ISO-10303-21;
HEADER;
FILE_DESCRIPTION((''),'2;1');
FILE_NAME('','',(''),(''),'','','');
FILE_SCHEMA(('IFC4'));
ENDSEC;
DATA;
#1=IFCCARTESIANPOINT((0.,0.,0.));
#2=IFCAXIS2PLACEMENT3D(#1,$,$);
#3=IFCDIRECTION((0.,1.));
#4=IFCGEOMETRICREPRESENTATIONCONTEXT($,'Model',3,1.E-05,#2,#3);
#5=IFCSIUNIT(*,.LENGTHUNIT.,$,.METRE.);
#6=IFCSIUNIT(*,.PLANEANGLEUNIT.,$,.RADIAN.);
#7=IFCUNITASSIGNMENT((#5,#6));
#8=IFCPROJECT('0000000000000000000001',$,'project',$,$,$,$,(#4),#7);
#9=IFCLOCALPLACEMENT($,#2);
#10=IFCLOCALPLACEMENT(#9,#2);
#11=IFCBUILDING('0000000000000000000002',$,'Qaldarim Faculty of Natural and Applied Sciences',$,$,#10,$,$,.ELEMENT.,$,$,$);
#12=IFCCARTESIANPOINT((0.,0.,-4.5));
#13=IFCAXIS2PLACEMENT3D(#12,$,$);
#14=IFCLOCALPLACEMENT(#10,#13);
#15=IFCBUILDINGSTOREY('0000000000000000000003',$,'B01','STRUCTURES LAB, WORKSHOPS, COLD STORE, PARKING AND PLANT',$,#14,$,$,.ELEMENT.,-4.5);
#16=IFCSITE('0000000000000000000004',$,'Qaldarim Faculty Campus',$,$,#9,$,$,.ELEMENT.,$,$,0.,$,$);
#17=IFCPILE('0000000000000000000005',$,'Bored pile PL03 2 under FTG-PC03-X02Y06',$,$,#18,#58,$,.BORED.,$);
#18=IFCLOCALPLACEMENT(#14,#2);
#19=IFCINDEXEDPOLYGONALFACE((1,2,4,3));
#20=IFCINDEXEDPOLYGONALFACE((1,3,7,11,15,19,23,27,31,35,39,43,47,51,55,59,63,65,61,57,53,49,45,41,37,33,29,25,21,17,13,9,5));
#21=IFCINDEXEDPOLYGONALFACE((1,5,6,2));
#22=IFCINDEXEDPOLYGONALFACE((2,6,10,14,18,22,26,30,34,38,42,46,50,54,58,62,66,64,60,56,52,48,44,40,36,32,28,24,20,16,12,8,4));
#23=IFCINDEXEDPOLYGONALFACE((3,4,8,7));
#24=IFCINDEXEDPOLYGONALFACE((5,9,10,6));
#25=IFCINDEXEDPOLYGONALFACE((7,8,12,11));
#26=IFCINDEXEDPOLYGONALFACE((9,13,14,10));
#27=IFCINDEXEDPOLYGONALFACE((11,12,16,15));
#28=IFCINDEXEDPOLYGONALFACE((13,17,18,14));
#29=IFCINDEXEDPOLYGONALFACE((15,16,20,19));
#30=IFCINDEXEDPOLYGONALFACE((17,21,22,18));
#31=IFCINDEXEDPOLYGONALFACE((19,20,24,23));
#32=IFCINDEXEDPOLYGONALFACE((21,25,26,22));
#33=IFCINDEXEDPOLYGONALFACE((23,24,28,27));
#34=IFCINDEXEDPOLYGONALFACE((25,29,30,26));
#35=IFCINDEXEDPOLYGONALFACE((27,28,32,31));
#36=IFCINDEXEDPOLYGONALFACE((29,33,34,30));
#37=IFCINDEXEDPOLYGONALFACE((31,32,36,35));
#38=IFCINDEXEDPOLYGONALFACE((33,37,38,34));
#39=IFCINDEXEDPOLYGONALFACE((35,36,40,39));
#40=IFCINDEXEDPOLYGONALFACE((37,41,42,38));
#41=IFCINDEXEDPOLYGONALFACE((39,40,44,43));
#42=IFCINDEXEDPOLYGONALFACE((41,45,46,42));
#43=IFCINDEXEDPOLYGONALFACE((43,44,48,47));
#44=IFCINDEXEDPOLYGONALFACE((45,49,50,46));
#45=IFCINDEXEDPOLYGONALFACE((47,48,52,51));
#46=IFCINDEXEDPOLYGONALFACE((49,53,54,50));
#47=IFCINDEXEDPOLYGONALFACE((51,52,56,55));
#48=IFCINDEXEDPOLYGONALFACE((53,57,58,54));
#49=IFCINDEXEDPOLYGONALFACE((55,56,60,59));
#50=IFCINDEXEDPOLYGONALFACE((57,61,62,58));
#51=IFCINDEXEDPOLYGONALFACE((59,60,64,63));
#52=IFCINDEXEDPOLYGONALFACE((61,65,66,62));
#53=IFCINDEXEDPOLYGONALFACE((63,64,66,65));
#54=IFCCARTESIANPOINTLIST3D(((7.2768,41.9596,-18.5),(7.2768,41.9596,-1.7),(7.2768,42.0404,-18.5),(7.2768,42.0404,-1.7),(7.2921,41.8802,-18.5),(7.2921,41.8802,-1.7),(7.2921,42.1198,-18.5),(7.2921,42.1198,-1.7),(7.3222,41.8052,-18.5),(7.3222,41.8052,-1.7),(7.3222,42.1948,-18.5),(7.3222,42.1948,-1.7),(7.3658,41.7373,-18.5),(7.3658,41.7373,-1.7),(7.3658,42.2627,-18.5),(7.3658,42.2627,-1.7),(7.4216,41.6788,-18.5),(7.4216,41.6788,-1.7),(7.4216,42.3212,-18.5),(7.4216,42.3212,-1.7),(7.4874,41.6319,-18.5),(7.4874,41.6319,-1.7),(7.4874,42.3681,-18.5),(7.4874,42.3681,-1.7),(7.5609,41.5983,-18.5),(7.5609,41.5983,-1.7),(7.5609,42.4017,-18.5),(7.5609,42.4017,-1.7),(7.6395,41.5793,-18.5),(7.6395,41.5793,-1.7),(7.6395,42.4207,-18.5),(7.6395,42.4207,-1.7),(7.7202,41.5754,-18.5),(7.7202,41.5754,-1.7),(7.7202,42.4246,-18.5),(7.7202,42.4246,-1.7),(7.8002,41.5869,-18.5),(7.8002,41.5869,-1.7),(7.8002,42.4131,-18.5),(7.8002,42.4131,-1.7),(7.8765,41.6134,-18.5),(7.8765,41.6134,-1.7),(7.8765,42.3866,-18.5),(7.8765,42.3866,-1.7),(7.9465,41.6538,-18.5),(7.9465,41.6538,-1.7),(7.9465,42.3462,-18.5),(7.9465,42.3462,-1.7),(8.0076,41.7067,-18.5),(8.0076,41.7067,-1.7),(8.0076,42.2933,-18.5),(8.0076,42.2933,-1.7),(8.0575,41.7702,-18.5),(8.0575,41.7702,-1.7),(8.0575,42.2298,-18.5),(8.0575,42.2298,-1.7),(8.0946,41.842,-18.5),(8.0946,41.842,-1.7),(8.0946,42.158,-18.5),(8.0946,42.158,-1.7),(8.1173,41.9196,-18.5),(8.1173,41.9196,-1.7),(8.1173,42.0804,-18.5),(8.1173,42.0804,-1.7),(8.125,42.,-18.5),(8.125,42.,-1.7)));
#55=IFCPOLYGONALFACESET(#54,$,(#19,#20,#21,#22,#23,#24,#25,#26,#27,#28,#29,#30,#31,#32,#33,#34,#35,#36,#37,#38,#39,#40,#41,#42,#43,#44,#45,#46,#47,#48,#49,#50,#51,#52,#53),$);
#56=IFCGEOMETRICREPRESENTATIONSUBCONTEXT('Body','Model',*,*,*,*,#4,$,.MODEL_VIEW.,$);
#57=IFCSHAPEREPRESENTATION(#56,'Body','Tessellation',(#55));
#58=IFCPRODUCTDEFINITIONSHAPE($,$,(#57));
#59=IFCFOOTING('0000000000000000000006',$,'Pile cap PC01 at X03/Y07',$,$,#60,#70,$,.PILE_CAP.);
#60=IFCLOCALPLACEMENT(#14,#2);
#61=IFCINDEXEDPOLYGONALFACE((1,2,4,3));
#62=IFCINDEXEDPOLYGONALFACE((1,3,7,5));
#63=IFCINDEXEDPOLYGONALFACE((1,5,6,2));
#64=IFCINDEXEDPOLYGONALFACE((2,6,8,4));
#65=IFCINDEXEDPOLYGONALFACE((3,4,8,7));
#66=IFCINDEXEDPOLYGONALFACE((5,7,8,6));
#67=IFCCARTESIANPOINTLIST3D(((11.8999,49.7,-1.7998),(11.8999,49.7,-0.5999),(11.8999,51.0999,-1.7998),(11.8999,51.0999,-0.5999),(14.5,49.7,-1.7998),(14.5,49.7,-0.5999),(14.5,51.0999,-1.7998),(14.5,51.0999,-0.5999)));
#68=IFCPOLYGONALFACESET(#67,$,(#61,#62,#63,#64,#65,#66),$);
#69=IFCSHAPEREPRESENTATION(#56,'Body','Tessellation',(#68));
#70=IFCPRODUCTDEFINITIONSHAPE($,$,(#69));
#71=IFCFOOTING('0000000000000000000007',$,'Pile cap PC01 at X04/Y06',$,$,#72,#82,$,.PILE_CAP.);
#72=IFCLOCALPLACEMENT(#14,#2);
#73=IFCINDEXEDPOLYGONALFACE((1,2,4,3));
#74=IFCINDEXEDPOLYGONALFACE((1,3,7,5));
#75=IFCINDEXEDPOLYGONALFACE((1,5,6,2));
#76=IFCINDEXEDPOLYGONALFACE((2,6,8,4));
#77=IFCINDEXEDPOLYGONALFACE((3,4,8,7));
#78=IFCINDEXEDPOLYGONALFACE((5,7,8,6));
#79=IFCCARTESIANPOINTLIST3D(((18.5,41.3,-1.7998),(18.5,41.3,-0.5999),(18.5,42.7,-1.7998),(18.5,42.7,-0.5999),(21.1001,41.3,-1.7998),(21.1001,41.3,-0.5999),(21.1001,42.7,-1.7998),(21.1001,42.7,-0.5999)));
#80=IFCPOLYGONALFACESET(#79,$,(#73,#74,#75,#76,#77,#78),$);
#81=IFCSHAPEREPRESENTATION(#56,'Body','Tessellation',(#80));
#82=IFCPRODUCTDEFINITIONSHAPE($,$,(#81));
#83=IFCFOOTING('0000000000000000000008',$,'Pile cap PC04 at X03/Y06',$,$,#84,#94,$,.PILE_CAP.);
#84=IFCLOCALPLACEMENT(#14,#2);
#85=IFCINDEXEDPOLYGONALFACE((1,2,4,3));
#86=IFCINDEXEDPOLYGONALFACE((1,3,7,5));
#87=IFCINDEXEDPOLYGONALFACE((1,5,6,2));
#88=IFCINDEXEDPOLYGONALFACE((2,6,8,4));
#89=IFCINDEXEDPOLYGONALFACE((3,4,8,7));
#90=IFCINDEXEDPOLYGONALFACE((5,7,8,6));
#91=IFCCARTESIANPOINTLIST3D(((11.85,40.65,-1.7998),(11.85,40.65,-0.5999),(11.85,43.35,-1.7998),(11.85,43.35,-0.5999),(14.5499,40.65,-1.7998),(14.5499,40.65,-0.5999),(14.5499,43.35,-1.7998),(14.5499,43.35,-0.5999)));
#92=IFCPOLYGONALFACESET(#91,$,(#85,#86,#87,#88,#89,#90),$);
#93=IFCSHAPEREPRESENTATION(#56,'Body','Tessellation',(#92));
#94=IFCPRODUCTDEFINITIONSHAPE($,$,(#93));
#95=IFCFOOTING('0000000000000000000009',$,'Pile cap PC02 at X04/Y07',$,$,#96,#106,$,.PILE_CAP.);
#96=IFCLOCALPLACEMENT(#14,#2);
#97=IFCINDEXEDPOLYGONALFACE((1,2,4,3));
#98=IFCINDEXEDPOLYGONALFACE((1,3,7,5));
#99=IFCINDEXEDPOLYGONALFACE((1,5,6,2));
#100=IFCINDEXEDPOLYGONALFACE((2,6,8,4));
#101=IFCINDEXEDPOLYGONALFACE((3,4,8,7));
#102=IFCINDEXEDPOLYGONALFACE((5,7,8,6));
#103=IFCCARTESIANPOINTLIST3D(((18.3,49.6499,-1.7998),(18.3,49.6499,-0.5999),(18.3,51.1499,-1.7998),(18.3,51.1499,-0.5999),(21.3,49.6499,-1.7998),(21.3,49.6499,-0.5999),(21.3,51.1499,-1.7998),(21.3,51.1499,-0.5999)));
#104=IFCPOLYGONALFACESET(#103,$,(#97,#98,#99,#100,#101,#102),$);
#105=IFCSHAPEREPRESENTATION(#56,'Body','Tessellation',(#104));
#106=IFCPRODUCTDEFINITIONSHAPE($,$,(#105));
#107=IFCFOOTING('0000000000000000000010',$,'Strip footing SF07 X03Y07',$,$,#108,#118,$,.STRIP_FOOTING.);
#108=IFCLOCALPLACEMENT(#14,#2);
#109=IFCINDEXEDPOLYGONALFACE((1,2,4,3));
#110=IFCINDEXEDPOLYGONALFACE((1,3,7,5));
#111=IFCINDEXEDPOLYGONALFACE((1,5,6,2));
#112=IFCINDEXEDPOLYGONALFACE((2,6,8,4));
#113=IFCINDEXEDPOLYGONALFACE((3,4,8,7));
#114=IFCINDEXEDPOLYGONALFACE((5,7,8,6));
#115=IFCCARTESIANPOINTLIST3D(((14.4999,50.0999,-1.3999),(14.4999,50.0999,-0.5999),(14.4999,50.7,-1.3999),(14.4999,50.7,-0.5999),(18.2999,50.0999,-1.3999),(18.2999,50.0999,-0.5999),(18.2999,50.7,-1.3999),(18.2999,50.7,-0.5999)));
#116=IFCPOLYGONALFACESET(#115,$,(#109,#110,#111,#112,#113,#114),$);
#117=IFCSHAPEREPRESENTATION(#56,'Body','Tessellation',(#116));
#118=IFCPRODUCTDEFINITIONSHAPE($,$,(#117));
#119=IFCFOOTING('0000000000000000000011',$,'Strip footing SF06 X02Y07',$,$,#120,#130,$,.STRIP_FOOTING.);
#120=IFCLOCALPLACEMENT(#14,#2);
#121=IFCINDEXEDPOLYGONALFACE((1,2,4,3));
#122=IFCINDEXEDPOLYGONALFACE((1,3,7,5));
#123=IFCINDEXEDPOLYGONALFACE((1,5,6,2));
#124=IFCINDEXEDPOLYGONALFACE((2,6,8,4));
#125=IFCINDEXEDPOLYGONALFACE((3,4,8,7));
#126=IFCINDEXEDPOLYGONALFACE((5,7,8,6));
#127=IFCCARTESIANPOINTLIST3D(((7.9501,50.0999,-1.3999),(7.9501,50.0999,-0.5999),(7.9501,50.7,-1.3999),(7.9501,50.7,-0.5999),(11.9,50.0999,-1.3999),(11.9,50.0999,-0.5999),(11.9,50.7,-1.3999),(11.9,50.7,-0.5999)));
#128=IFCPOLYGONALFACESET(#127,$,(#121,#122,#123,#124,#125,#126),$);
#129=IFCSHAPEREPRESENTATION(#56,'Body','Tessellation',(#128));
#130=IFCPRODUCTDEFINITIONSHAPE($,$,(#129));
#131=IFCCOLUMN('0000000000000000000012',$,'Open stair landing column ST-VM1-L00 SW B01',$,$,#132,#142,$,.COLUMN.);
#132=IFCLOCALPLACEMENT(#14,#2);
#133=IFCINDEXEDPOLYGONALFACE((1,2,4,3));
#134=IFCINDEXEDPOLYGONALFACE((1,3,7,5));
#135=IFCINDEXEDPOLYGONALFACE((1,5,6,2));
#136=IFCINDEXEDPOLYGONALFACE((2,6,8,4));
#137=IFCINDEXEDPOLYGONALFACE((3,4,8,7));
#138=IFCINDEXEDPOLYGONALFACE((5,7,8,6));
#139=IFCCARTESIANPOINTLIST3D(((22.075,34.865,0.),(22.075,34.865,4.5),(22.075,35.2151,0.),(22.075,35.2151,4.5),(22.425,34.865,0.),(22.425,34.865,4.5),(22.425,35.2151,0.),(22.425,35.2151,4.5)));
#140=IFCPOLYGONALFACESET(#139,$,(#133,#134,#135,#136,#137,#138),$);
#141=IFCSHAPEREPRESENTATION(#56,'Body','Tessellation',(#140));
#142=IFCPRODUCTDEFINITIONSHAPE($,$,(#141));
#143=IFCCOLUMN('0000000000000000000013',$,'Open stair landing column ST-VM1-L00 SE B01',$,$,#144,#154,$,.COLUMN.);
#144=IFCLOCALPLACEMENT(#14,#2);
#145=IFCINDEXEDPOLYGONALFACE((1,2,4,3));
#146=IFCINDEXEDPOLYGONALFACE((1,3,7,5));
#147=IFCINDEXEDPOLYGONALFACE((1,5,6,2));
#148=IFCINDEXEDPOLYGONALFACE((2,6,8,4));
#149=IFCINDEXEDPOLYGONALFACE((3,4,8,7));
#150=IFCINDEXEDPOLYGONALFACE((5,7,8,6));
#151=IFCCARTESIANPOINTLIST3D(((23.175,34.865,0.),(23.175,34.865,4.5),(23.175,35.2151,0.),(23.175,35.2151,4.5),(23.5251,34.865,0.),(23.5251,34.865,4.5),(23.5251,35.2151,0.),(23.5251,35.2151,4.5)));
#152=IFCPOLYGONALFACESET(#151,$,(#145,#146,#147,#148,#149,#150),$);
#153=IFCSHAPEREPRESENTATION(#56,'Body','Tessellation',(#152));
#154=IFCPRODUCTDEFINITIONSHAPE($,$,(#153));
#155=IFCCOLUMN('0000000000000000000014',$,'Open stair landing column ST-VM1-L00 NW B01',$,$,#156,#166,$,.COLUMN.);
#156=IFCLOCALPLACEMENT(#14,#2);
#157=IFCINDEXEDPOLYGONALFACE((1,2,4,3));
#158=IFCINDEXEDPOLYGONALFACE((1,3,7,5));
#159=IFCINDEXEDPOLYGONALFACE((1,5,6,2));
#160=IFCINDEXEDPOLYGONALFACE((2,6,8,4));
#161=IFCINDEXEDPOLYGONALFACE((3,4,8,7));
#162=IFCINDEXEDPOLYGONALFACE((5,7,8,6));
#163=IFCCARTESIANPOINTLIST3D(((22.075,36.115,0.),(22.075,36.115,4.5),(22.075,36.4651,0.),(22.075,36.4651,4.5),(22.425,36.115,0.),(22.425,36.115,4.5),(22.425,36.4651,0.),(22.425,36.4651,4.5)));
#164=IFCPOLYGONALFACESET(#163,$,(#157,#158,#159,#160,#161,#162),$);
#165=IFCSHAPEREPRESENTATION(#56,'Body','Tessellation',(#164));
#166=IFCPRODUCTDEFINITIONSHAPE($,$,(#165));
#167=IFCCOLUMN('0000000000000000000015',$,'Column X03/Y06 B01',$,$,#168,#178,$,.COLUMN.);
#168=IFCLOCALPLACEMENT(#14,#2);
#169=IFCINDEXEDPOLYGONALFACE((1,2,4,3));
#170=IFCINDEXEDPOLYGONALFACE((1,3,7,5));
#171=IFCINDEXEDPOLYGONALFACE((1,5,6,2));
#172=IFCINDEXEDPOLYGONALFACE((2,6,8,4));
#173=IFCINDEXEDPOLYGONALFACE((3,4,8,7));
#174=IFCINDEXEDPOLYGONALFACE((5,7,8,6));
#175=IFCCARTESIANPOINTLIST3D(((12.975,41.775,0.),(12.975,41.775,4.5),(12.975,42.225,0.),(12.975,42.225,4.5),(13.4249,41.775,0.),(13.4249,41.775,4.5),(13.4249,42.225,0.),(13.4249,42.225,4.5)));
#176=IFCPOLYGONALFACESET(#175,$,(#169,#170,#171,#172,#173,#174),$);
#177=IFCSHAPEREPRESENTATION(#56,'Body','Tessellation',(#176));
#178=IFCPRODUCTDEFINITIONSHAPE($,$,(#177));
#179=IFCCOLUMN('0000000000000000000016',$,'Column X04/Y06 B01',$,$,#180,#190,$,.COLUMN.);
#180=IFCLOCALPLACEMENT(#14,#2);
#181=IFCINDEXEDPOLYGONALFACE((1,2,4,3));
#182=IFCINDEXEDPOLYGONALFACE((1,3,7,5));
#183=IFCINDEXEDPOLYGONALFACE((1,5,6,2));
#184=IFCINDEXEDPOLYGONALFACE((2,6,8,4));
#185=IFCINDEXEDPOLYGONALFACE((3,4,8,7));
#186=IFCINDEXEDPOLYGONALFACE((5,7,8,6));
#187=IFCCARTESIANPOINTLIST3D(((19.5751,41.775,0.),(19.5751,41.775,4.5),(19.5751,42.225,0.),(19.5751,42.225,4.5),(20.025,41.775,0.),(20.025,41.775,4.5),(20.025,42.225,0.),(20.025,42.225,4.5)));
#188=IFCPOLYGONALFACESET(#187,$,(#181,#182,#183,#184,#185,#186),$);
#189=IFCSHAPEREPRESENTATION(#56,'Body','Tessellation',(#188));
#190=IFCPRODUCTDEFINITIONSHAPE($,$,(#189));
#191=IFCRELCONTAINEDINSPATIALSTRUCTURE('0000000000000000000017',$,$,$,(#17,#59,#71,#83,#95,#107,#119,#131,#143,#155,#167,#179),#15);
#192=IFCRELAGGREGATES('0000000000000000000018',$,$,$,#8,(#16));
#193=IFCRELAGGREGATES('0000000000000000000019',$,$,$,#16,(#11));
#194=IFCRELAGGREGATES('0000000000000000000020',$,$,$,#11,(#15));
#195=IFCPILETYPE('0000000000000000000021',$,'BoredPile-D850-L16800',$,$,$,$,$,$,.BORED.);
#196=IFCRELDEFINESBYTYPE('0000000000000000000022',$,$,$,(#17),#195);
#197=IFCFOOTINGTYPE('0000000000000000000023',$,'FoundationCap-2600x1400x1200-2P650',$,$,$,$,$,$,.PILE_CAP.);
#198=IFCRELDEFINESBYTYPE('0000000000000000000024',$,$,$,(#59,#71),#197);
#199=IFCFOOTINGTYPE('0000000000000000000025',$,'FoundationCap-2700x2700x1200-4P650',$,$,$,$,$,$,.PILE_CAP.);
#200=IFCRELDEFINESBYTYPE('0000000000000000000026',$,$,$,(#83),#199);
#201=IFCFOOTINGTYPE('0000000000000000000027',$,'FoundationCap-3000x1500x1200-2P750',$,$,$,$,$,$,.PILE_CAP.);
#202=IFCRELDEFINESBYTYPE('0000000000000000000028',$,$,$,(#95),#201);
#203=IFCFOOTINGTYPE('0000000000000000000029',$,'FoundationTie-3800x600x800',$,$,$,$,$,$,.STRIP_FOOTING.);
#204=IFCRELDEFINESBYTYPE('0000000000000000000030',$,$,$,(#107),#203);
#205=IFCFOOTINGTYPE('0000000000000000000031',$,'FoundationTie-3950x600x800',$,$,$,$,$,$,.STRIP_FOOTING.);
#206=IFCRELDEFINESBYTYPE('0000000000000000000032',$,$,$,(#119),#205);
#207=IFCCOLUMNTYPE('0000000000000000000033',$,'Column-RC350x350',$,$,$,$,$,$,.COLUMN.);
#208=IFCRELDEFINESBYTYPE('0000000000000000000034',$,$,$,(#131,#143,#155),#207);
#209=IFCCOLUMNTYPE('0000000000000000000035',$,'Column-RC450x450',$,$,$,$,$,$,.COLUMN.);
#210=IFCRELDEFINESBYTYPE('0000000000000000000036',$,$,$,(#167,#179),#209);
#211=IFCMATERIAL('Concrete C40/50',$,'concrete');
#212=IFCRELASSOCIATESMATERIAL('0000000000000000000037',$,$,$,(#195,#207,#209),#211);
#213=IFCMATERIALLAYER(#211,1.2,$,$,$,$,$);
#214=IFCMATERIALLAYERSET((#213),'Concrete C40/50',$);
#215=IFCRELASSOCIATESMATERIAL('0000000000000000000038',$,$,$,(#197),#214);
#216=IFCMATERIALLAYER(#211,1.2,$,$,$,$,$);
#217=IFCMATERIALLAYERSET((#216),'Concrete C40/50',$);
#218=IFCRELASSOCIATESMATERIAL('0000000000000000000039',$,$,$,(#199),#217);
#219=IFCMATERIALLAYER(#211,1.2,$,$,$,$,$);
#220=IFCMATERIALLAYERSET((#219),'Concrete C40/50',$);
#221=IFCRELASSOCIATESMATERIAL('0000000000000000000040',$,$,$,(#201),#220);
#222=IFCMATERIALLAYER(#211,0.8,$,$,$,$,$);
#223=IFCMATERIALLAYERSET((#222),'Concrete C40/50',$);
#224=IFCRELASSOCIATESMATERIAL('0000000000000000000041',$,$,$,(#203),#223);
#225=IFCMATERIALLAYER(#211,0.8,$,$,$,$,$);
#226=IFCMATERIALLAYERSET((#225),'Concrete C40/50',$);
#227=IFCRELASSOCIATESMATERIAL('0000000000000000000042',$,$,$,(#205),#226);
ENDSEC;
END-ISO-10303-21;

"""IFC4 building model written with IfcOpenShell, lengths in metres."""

from ifc_helpers import new_model, si_unit, direction, frame, origin, origin_2d, place, context, subcontext, project, spatial, rectangle, circle, extrude, material, layer, layer_set, material_profile, profile_set, type_object, element, save


model = new_model("IFC4")

# Units and contexts
model_context = context("Model", 3, precision=1e-05, world=origin(), true_north=direction((0.0, 1.0)))
body_context = subcontext(model_context, "Body", "Model", "MODEL_VIEW")
ifc_project = project(units=[si_unit("LENGTHUNIT", "METRE"), si_unit("PLANEANGLEUNIT", "RADIAN")], contexts=[model_context])

# Site, building, storey
site_placement = place(None, origin())
site = spatial("IfcSite", under=ifc_project, at=site_placement, Name="Qaldarim Faculty Campus", CompositionType="ELEMENT", RefElevation=0.0)
building_placement = place(site_placement, origin())
building = spatial("IfcBuilding", under=site, at=building_placement, Name="Qaldarim Faculty of Natural and Applied Sciences", CompositionType="ELEMENT")
storey_placement = place(building_placement, frame((0.0, 0.0, -4.5)))
storey = spatial("IfcBuildingStorey", under=building, at=storey_placement, Name="B01", Description="STRUCTURES LAB, WORKSHOPS, COLD STORE, PARKING AND PLANT", CompositionType="ELEMENT", Elevation=-4.5)

# Pile
ifc_material_1 = material(Name="Concrete C40/50", Category="concrete")
ifc_material_profile_1 = material_profile(ifc_material_1, circle(Radius=0.425, at=origin_2d()), Name="PILE-D850")
ifc_profile_set_1 = profile_set([ifc_material_profile_1], Name="Concrete C40/50")
pile_type_1 = type_object("IfcPileType", Name="BoredPile-D850-L16800", PredefinedType="BORED", material=ifc_profile_set_1)
pile_1_placement = place(storey_placement, frame((7.7, 42.0, -1.7), z_axis=(0.0, 0.0, -1.0), x_axis=(1.0, 0.0, 0.0)))
element("IfcPile", 1, at=pile_1_placement, inside=storey, type_object=pile_type_1, Name="Bored pile PL03 2 under FTG-PC03-X02Y06", PredefinedType="BORED", context=body_context, shape_type="SweptSolid", body=[
    extrude(circle(Radius=0.425, at=origin_2d()), origin(), (0.0, 0.0, 1.0), 16.8),
])

# Footings
ifc_layer_1 = layer(ifc_material_1, 1.2)
ifc_layer_set_1 = layer_set([ifc_layer_1], Name="Concrete C40/50")
footing_type_1 = type_object("IfcFootingType", Name="FoundationCap-2600x1400x1200-2P650", PredefinedType="PILE_CAP", material=ifc_layer_set_1)
for number, where, z_axis, x_axis, name in (
    (2, (13.2, 50.3999, -1.7998), (0.0, 0.0, 1.0), (1.0, 0.0, 0.0), "Pile cap PC01 at X03/Y07"),
    (3, (19.8, 42.0, -1.7998), (0.0, 0.0, 1.0), (1.0, 0.0, 0.0), "Pile cap PC01 at X04/Y06"),
):
    element("IfcFooting", number, at=place(storey_placement, frame(where, z_axis=z_axis, x_axis=x_axis)), inside=storey, type_object=footing_type_1, Name=name, PredefinedType="PILE_CAP", context=body_context, shape_type="SweptSolid", body=[
        extrude(rectangle(XDim=2.6001, YDim=1.3999, at=origin_2d()), origin(), (0.0, 0.0, 1.0), 1.2),
    ])
ifc_layer_2 = layer(ifc_material_1, 1.2)
ifc_layer_set_2 = layer_set([ifc_layer_2], Name="Concrete C40/50")
footing_type_2 = type_object("IfcFootingType", Name="FoundationCap-2700x2700x1200-4P650", PredefinedType="PILE_CAP", material=ifc_layer_set_2)
footing_1_placement = place(storey_placement, frame((13.2, 42.0, -1.7998), z_axis=(0.0, 0.0, 1.0), x_axis=(1.0, 0.0, 0.0)))
element("IfcFooting", 4, at=footing_1_placement, inside=storey, type_object=footing_type_2, Name="Pile cap PC04 at X03/Y06", PredefinedType="PILE_CAP", context=body_context, shape_type="SweptSolid", body=[
    extrude(rectangle(XDim=2.7, YDim=2.7, at=origin_2d()), origin(), (0.0, 0.0, 1.0), 1.2),
])
ifc_layer_3 = layer(ifc_material_1, 1.2)
ifc_layer_set_3 = layer_set([ifc_layer_3], Name="Concrete C40/50")
footing_type_3 = type_object("IfcFootingType", Name="FoundationCap-3000x1500x1200-2P750", PredefinedType="PILE_CAP", material=ifc_layer_set_3)
footing_2_placement = place(storey_placement, frame((19.8, 50.3999, -1.7998), z_axis=(0.0, 0.0, 1.0), x_axis=(1.0, 0.0, 0.0)))
element("IfcFooting", 5, at=footing_2_placement, inside=storey, type_object=footing_type_3, Name="Pile cap PC02 at X04/Y07", PredefinedType="PILE_CAP", context=body_context, shape_type="SweptSolid", body=[
    extrude(rectangle(XDim=3.0, YDim=1.5, at=origin_2d()), origin(), (0.0, 0.0, 1.0), 1.2),
])
ifc_layer_4 = layer(ifc_material_1, 0.8)
ifc_layer_set_4 = layer_set([ifc_layer_4], Name="Concrete C40/50")
footing_type_4 = type_object("IfcFootingType", Name="FoundationTie-3800x600x800", PredefinedType="STRIP_FOOTING", material=ifc_layer_set_4)
footing_3_placement = place(storey_placement, frame((16.3999, 50.3999, -1.3999), z_axis=(0.0, 0.0, 1.0), x_axis=(1.0, 0.0, 0.0)))
element("IfcFooting", 6, at=footing_3_placement, inside=storey, type_object=footing_type_4, Name="Strip footing SF07 X03Y07", PredefinedType="STRIP_FOOTING", context=body_context, shape_type="SweptSolid", body=[
    extrude(rectangle(XDim=3.8, YDim=0.6001, at=origin_2d()), origin(), (0.0, 0.0, 1.0), 0.8),
])
ifc_layer_5 = layer(ifc_material_1, 0.8)
ifc_layer_set_5 = layer_set([ifc_layer_5], Name="Concrete C40/50")
footing_type_5 = type_object("IfcFootingType", Name="FoundationTie-3950x600x800", PredefinedType="STRIP_FOOTING", material=ifc_layer_set_5)
footing_4_placement = place(storey_placement, frame((9.925, 50.3999, -1.3999), z_axis=(0.0, 0.0, 1.0), x_axis=(1.0, 0.0, 0.0)))
element("IfcFooting", 7, at=footing_4_placement, inside=storey, type_object=footing_type_5, Name="Strip footing SF06 X02Y07", PredefinedType="STRIP_FOOTING", context=body_context, shape_type="SweptSolid", body=[
    extrude(rectangle(XDim=3.95, YDim=0.6001, at=origin_2d()), origin(), (0.0, 0.0, 1.0), 0.8),
])

# Columns
ifc_material_profile_2 = material_profile(ifc_material_1, rectangle(XDim=0.3501, YDim=0.3501, at=origin_2d()), Name="RC-C350x350")
ifc_profile_set_2 = profile_set([ifc_material_profile_2], Name="Concrete C40/50")
column_type_1 = type_object("IfcColumnType", Name="Column-RC350x350", PredefinedType="COLUMN", material=ifc_profile_set_2)
for number, where, z_axis, x_axis, name in (
    (8, (22.25, 35.04, 0.0), (0.0, 0.0, 1.0), (1.0, 0.0, 0.0), "Open stair landing column ST-VM1-L00 SW B01"),
    (9, (23.3501, 35.04, 0.0), (0.0, 0.0, 1.0), (1.0, 0.0, 0.0), "Open stair landing column ST-VM1-L00 SE B01"),
    (10, (22.25, 36.29, 0.0), (0.0, 0.0, 1.0), (1.0, 0.0, 0.0), "Open stair landing column ST-VM1-L00 NW B01"),
):
    element("IfcColumn", number, at=place(storey_placement, frame(where, z_axis=z_axis, x_axis=x_axis)), inside=storey, type_object=column_type_1, Name=name, PredefinedType="COLUMN", context=body_context, shape_type="SweptSolid", body=[
        extrude(rectangle(XDim=0.3501, YDim=0.3501, at=origin_2d()), origin(), (0.0, 0.0, 1.0), 4.5),
    ])
ifc_material_profile_3 = material_profile(ifc_material_1, rectangle(XDim=0.45, YDim=0.45, at=origin_2d()), Name="RC-C450x450")
ifc_profile_set_3 = profile_set([ifc_material_profile_3], Name="Concrete C40/50")
column_type_2 = type_object("IfcColumnType", Name="Column-RC450x450", PredefinedType="COLUMN", material=ifc_profile_set_3)
for number, where, z_axis, x_axis, name in (
    (11, (13.2, 42.0, 0.0), (0.0, 0.0, 1.0), (1.0, 0.0, 0.0), "Column X03/Y06 B01"),
    (12, (19.8, 42.0, 0.0), (0.0, 0.0, 1.0), (1.0, 0.0, 0.0), "Column X04/Y06 B01"),
):
    element("IfcColumn", number, at=place(storey_placement, frame(where, z_axis=z_axis, x_axis=x_axis)), inside=storey, type_object=column_type_2, Name=name, PredefinedType="COLUMN", context=body_context, shape_type="SweptSolid", body=[
        extrude(rectangle(XDim=0.45, YDim=0.45, at=origin_2d()), origin(), (0.0, 0.0, 1.0), 4.5),
    ])

save(model, "model.ifc")
